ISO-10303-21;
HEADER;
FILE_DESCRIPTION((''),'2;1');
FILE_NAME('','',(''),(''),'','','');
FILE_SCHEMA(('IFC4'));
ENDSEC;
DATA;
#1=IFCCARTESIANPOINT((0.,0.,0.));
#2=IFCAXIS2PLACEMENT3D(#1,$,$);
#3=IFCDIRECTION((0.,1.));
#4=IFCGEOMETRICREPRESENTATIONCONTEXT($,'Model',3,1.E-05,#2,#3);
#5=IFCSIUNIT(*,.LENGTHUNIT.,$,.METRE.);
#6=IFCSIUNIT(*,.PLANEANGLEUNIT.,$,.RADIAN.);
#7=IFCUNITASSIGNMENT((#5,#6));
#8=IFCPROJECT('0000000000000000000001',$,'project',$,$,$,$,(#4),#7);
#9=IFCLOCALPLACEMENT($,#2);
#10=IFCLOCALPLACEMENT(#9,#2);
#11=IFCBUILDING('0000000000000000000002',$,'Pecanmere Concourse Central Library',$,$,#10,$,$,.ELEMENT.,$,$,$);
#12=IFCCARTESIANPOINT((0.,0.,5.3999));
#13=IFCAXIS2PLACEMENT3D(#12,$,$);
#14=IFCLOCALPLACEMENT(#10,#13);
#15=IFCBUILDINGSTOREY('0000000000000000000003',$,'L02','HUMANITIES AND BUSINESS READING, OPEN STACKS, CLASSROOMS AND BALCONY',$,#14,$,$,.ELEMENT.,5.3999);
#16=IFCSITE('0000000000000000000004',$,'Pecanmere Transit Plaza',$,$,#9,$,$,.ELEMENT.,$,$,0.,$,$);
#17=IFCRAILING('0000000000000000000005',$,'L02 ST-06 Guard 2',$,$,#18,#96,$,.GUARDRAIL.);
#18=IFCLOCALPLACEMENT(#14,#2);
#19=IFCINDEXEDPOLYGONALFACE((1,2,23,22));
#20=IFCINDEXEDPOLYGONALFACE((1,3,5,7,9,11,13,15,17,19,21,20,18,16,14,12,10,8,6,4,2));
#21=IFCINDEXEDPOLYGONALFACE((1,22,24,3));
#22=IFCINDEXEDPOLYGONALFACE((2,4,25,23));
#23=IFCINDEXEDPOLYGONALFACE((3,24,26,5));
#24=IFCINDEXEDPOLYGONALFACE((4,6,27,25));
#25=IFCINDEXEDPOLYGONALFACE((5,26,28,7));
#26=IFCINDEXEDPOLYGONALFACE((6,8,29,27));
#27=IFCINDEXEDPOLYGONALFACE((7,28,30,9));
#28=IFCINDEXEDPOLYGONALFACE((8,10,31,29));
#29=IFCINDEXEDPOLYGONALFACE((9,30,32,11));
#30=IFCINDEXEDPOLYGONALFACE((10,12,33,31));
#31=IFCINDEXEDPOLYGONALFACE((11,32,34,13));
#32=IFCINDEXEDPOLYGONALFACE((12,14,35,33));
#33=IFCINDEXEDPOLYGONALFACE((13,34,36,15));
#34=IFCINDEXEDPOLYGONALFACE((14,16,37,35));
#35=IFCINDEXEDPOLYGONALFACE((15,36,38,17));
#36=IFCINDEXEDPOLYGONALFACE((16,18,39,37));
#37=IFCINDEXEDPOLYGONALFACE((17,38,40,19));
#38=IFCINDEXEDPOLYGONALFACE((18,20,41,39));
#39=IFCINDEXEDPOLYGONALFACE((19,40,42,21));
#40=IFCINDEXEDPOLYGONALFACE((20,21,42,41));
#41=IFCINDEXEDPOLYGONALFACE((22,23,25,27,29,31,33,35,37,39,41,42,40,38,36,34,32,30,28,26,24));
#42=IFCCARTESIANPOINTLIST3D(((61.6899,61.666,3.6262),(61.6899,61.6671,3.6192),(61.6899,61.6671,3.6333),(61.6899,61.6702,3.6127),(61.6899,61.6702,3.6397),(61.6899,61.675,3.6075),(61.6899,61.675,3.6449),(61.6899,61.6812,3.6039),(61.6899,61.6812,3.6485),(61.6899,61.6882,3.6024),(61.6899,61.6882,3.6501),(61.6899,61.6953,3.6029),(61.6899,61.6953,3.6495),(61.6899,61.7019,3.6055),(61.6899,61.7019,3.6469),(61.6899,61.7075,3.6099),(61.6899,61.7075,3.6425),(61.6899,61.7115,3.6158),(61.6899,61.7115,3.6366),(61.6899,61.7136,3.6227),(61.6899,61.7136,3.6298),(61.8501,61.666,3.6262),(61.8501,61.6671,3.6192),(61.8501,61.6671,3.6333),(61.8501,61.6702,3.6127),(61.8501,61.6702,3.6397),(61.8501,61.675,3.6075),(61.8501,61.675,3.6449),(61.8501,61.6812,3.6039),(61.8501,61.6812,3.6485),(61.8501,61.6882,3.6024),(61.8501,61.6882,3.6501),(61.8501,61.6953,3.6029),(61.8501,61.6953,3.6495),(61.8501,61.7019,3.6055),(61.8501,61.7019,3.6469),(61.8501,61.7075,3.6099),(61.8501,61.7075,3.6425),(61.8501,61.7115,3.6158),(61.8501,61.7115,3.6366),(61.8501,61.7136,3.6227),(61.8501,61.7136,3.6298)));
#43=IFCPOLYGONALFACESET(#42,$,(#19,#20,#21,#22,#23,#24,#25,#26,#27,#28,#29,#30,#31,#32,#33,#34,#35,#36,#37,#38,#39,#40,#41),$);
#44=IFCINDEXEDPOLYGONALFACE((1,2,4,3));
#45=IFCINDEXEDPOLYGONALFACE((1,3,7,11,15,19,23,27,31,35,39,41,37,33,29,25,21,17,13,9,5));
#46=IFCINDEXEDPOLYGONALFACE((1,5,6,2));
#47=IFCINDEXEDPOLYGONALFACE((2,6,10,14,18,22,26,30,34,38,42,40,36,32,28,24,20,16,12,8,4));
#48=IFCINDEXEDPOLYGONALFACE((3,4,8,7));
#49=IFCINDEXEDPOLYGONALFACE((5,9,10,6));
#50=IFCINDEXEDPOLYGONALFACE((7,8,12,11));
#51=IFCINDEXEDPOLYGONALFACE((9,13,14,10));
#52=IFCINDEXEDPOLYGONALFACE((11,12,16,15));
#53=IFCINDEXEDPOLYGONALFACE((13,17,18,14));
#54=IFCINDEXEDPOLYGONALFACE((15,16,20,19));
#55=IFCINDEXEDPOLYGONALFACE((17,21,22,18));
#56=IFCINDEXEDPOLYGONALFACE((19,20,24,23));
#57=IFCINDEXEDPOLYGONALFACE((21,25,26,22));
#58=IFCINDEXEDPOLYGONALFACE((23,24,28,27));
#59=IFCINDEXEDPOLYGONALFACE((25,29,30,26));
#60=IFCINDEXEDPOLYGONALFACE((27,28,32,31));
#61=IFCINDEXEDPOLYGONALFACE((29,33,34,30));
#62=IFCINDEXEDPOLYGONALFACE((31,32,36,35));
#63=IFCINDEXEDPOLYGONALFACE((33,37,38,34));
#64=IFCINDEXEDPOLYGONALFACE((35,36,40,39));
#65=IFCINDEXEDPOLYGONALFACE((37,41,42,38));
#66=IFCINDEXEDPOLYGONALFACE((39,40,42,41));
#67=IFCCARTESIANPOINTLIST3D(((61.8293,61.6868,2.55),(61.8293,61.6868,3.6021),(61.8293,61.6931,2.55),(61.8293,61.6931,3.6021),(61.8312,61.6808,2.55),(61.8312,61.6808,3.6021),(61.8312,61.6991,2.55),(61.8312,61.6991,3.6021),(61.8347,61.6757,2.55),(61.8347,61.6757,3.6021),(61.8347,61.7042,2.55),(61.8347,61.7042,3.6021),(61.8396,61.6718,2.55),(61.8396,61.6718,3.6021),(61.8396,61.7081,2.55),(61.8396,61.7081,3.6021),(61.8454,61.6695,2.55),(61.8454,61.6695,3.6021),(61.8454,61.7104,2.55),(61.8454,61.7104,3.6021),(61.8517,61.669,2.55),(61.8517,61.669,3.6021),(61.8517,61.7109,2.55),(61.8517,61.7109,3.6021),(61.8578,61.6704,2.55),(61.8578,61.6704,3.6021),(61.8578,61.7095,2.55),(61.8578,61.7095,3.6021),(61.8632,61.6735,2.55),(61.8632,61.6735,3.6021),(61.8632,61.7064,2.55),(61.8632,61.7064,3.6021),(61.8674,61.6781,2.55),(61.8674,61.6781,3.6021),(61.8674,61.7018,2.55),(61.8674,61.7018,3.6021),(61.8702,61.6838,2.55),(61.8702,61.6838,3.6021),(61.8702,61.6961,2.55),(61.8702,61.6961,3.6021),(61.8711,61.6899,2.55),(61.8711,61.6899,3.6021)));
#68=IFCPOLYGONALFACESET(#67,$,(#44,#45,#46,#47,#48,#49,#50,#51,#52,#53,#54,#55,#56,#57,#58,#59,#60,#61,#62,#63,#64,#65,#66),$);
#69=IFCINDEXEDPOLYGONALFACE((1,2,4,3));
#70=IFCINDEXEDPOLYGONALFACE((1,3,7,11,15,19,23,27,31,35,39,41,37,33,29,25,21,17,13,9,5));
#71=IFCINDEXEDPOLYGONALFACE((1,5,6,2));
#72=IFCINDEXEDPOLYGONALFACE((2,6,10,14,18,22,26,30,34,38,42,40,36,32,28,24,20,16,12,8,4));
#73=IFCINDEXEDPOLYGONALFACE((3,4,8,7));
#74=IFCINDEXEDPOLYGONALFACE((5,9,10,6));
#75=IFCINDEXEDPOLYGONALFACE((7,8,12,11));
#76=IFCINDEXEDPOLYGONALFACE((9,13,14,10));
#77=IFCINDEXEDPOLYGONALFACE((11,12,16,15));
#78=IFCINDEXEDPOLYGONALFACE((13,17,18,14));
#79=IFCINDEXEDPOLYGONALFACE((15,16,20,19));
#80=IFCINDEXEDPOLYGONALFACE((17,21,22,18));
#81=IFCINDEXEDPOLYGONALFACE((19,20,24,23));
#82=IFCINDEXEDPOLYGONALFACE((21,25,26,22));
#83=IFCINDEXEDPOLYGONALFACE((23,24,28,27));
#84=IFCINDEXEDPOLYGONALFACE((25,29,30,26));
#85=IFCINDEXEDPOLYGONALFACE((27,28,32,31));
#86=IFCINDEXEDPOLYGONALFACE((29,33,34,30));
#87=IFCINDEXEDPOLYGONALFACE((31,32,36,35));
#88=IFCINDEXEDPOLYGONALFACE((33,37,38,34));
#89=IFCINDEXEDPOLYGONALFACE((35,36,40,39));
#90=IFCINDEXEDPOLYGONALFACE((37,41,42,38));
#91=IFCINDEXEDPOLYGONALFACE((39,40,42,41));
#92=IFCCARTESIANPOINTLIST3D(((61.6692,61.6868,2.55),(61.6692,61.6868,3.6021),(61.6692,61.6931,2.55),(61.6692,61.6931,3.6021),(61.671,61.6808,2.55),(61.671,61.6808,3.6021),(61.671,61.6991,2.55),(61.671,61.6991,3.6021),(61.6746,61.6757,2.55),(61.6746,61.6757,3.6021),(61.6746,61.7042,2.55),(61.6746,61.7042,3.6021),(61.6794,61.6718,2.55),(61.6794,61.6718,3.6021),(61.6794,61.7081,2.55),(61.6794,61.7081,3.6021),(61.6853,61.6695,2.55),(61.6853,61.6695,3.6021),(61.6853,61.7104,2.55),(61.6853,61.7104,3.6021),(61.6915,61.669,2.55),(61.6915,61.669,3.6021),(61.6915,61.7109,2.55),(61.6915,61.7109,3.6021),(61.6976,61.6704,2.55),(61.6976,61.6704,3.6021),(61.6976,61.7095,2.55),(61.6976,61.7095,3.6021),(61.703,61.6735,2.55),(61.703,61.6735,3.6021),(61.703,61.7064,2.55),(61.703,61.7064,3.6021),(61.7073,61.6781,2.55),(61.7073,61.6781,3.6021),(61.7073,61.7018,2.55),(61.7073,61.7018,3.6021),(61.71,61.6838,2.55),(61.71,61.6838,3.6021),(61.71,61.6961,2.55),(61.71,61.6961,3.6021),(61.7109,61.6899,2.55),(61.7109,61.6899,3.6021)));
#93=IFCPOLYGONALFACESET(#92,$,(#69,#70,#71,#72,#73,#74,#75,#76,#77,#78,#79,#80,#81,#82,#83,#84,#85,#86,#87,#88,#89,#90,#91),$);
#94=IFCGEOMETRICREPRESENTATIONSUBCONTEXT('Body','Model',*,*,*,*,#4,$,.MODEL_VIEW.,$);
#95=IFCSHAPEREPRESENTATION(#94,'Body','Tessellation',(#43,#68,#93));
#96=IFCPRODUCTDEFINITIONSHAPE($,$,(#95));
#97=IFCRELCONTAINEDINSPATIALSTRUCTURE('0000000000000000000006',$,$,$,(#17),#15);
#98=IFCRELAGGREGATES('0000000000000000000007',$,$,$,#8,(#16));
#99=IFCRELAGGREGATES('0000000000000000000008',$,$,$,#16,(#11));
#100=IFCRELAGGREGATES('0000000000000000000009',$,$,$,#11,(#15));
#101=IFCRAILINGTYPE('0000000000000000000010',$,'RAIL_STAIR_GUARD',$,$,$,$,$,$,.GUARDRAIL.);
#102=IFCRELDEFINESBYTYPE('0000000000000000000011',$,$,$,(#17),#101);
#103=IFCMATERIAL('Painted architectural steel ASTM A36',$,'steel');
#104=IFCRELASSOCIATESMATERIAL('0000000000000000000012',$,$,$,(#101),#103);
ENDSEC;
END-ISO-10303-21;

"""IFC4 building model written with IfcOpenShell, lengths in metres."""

from ifc_helpers import new_model, si_unit, direction, frame, origin, origin_2d, place, context, subcontext, project, spatial, circle, extrude, material, type_object, element, save


model = new_model("IFC4")

# Units and contexts
model_context = context("Model", 3, precision=1e-05, world=origin(), true_north=direction((0.0, 1.0)))
body_context = subcontext(model_context, "Body", "Model", "MODEL_VIEW")
ifc_project = project(units=[si_unit("LENGTHUNIT", "METRE"), si_unit("PLANEANGLEUNIT", "RADIAN")], contexts=[model_context])

# Site, building, storey
site_placement = place(None, origin())
site = spatial("IfcSite", under=ifc_project, at=site_placement, Name="Pecanmere Transit Plaza", CompositionType="ELEMENT", RefElevation=0.0)
building_placement = place(site_placement, origin())
building = spatial("IfcBuilding", under=site, at=building_placement, Name="Pecanmere Concourse Central Library", CompositionType="ELEMENT")
storey_placement = place(building_placement, frame((0.0, 0.0, 5.3999)))
storey = spatial("IfcBuildingStorey", under=building, at=storey_placement, Name="L02", Description="HUMANITIES AND BUSINESS READING, OPEN STACKS, CLASSROOMS AND BALCONY", CompositionType="ELEMENT", Elevation=5.3999)

# Railing
ifc_material_1 = material(Name="Painted architectural steel ASTM A36", Category="steel")
railing_type_1 = type_object("IfcRailingType", Name="RAIL_STAIR_GUARD", PredefinedType="GUARDRAIL", material=ifc_material_1)
railing_1_placement = place(storey_placement, frame((61.8501, 61.6899, 2.55)))
element("IfcRailing", 1, at=railing_1_placement, inside=storey, type_object=railing_type_1, Name="L02 ST-06 Guard 2", PredefinedType="GUARDRAIL", context=body_context, shape_type="SweptSolid", body=[
    extrude(circle(Radius=0.0239, at=origin_2d()), frame((0.0, 0.0, 1.0762), z_axis=(-1.0, 0.0, 0.0), x_axis=(0.0, -1.0, 0.0)), (0.0, 0.0, 1.0), 0.1602),
    extrude(circle(Radius=0.021, at=origin_2d()), origin(), (0.0, 0.0, 1.0), 1.052),
    extrude(circle(Radius=0.021, at=origin_2d()), frame((-0.1602, 0.0, 0.0)), (0.0, 0.0, 1.0), 1.052),
])

save(model, "model.ifc")
